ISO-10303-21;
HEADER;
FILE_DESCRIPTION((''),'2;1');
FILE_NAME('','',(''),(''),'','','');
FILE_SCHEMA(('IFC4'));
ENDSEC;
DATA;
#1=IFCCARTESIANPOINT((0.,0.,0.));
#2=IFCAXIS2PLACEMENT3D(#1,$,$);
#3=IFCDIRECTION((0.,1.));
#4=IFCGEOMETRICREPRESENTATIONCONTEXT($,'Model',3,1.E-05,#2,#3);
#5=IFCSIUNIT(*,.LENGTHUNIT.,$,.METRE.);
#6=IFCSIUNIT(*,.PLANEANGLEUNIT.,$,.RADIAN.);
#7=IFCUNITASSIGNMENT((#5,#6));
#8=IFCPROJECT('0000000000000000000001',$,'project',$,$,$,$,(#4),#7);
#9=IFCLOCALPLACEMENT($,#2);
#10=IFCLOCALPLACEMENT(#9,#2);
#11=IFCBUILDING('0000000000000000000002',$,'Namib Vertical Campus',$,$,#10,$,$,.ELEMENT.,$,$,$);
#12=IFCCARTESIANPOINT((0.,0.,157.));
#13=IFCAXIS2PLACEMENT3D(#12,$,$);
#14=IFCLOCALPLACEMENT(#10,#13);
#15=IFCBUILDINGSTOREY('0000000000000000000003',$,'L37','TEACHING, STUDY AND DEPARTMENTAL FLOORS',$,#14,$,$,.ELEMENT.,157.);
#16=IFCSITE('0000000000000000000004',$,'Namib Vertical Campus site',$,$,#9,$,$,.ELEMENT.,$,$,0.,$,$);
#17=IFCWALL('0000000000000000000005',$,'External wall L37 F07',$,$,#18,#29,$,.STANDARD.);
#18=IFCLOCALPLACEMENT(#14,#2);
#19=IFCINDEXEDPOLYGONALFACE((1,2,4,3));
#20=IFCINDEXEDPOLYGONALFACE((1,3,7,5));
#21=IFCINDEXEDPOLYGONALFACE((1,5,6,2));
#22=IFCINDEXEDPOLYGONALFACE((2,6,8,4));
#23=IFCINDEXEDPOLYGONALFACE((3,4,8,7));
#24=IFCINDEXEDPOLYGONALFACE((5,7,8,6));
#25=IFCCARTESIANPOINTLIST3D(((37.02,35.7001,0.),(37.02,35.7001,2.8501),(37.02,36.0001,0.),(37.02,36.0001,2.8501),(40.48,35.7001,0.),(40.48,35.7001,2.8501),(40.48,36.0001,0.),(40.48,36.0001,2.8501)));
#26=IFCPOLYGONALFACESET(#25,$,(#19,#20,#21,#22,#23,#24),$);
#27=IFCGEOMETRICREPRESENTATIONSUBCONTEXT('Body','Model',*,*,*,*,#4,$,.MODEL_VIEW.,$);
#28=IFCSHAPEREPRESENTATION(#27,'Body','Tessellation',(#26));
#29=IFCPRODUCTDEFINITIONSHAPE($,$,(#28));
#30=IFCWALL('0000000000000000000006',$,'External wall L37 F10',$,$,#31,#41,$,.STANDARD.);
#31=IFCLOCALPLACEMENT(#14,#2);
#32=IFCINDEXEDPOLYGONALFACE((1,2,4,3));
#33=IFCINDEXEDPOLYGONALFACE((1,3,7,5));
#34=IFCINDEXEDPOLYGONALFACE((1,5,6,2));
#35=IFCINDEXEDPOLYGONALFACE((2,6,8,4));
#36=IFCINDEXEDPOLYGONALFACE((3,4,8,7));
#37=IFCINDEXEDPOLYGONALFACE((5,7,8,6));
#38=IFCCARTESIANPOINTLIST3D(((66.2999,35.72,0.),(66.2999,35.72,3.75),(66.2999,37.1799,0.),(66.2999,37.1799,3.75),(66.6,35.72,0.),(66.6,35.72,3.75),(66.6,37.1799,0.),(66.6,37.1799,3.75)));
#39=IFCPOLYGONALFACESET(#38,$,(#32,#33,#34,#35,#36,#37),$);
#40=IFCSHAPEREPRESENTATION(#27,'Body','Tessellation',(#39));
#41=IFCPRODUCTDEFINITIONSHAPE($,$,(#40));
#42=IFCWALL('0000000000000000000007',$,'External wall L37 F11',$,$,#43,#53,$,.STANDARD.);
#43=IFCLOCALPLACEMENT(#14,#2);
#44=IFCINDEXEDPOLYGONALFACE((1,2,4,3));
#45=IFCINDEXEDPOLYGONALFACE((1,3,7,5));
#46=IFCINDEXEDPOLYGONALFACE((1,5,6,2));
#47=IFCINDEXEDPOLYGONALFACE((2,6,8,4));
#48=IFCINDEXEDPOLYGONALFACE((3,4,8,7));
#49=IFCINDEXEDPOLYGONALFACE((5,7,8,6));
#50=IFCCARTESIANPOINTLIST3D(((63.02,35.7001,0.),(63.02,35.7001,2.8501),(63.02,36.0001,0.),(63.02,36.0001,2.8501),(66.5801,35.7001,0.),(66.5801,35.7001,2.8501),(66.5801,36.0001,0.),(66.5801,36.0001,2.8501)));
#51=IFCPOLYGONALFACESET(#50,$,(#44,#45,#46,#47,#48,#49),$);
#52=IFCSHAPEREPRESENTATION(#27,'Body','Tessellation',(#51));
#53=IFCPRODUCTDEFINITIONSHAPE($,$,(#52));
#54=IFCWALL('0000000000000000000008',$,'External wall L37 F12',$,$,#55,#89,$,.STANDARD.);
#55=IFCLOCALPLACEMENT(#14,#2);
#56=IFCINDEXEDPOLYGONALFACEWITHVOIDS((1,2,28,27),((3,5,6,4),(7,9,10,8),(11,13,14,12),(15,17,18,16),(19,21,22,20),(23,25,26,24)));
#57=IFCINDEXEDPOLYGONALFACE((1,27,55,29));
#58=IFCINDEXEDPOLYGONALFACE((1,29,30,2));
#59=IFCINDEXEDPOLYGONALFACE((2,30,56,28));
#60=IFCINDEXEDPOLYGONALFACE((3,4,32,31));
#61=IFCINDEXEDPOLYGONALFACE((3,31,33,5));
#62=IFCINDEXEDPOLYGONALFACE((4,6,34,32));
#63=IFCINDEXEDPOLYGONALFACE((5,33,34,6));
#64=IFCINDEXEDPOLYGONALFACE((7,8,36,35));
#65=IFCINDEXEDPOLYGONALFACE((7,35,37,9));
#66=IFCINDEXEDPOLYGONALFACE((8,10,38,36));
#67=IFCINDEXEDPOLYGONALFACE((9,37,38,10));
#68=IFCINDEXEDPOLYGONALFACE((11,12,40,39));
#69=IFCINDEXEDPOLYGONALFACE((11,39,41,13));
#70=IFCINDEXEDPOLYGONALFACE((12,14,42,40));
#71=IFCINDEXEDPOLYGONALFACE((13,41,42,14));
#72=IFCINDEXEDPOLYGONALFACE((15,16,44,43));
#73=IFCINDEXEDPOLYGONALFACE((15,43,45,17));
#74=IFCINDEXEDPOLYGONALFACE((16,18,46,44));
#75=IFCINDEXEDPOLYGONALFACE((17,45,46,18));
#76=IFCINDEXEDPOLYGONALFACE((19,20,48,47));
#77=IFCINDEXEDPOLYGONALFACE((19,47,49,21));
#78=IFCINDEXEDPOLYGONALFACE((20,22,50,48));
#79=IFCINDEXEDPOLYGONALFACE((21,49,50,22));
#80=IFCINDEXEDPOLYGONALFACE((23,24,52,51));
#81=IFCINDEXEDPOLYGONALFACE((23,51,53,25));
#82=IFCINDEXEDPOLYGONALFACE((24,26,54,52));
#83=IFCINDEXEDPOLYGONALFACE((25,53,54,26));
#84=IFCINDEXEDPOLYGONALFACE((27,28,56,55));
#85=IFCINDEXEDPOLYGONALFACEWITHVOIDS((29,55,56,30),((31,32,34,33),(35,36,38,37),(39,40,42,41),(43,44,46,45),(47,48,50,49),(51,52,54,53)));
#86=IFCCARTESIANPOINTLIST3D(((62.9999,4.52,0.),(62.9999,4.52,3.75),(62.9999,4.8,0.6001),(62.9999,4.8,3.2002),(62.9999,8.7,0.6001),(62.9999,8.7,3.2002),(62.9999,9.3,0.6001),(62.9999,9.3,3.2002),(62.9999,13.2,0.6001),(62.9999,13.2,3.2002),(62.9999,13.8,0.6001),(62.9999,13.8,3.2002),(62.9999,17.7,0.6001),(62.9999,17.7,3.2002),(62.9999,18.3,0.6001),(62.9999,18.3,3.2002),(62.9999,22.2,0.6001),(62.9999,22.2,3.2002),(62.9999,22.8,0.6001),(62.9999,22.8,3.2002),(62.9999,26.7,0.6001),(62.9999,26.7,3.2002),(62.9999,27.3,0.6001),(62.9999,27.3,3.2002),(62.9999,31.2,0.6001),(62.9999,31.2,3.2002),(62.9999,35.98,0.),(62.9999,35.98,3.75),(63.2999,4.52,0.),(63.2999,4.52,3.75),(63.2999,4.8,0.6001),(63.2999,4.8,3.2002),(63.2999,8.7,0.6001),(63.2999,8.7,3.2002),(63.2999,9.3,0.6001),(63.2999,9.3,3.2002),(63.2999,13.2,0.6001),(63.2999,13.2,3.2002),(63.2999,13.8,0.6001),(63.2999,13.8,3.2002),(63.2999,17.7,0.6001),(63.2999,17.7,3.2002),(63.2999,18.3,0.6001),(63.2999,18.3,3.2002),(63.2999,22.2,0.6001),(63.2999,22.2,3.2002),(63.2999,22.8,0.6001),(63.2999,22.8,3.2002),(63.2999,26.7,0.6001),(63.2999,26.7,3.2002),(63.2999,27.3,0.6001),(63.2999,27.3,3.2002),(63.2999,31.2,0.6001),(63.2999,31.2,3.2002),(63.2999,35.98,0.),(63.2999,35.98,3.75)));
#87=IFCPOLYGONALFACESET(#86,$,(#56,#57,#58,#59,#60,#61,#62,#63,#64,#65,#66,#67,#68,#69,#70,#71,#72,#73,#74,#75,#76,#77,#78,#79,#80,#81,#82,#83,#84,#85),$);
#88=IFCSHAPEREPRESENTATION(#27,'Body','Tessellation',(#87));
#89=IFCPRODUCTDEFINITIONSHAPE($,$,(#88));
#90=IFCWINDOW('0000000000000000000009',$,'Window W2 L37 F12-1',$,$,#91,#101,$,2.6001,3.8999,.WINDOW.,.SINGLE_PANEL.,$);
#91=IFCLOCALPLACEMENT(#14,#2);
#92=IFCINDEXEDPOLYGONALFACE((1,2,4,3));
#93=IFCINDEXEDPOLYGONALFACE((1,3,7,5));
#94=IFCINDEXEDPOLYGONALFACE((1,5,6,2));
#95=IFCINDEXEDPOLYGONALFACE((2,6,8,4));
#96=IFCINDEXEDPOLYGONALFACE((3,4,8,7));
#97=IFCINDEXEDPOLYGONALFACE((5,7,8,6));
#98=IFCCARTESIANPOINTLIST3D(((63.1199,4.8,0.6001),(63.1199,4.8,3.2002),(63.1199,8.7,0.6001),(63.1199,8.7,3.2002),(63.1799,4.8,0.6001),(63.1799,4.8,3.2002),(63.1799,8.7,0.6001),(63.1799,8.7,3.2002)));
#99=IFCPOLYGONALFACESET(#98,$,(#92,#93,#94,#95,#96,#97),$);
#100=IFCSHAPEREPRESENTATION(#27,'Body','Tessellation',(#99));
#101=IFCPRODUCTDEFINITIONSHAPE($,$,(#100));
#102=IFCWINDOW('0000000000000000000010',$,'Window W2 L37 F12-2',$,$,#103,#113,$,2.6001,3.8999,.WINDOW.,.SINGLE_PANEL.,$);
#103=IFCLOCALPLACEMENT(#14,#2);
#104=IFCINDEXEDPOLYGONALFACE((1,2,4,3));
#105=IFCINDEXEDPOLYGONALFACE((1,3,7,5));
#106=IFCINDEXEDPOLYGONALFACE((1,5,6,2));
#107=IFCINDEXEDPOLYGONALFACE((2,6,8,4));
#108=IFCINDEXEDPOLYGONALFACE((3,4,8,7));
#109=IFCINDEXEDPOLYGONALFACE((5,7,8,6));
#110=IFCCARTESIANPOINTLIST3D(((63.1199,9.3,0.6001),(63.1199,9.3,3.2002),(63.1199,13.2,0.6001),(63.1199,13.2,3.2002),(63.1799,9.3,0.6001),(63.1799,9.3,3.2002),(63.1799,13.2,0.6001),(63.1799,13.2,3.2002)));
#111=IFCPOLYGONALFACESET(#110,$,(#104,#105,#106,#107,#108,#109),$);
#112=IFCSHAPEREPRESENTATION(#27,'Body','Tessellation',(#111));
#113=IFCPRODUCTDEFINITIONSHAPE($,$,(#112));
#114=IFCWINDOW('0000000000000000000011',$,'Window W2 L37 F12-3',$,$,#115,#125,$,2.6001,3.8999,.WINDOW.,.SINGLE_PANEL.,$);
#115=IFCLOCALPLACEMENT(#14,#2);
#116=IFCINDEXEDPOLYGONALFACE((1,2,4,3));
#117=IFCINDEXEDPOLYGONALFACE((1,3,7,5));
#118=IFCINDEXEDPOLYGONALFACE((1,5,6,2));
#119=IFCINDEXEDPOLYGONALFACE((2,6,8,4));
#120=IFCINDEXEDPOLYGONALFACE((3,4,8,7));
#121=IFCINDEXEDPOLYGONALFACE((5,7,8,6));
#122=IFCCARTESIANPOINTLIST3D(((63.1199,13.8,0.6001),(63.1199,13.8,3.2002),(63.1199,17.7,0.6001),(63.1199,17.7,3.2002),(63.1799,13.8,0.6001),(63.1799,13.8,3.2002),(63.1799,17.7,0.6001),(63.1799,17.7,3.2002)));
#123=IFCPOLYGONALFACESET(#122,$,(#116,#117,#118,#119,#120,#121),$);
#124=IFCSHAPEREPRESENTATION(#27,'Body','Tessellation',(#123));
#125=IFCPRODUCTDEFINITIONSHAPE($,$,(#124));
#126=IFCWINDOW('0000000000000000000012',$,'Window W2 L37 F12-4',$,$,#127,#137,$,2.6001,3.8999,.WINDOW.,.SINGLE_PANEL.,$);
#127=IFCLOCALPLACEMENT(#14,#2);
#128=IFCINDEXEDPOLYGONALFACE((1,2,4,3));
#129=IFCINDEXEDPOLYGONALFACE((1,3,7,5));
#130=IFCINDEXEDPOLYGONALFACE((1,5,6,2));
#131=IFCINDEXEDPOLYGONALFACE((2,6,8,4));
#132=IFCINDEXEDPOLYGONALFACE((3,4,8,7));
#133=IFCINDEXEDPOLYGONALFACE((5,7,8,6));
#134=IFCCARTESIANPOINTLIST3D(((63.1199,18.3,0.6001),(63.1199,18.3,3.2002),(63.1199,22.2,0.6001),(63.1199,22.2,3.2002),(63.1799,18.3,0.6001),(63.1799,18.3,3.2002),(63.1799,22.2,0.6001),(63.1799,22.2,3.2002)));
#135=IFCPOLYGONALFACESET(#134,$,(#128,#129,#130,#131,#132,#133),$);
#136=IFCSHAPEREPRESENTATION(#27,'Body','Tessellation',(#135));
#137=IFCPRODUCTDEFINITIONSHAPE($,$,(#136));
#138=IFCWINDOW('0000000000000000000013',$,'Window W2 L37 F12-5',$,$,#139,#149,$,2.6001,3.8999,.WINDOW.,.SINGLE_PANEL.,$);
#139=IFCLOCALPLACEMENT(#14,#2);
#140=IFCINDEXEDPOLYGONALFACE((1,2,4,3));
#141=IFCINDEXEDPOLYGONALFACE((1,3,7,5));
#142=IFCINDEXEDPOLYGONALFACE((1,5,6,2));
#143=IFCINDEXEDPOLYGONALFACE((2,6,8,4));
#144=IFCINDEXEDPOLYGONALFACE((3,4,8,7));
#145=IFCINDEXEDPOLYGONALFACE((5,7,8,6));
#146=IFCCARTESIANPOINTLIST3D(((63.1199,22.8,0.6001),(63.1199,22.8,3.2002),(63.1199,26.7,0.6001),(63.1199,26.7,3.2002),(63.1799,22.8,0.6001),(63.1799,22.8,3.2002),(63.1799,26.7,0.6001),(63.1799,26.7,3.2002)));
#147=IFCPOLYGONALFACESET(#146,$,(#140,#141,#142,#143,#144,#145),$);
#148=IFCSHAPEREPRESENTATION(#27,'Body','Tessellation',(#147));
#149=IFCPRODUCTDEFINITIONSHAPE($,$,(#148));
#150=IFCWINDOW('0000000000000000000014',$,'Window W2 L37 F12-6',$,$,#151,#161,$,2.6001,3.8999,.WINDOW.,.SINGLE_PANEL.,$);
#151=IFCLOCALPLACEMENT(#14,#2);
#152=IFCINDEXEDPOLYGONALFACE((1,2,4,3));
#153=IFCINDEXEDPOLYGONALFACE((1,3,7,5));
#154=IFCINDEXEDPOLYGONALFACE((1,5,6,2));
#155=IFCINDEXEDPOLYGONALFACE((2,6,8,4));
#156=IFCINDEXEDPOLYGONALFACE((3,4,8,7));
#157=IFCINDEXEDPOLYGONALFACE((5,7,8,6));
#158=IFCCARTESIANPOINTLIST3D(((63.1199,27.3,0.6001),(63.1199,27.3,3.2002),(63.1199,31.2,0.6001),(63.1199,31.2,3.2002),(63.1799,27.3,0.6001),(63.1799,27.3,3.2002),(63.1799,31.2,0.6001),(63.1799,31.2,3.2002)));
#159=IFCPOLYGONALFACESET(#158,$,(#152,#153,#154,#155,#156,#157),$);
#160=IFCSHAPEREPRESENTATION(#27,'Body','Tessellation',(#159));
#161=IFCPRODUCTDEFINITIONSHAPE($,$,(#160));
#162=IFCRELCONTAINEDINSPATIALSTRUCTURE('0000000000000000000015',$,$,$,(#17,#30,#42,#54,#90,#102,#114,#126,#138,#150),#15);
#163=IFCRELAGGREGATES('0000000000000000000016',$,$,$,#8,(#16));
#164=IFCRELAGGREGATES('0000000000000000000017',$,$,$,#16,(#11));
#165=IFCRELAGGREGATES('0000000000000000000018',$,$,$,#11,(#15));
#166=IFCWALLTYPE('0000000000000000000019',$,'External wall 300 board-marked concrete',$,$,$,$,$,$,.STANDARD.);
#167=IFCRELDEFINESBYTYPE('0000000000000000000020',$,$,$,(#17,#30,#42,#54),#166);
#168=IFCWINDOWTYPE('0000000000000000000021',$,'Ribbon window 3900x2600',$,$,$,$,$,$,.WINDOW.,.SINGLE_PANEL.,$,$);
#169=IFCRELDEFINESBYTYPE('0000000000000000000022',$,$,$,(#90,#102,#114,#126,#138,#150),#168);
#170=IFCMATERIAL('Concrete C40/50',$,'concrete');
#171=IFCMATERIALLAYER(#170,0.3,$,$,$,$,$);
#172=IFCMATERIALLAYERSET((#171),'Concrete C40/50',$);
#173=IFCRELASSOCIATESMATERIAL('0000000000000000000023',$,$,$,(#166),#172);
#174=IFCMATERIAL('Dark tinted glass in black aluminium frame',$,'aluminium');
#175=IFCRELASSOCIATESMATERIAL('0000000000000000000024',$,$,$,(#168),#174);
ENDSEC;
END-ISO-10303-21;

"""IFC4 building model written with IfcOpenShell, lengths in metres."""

from ifc_helpers import new_model, si_unit, direction, frame, frame_2d, origin, place, context, subcontext, project, spatial, rectangle, extrude, material, layer, layer_set, type_object, element, fill, save


model = new_model("IFC4")

# Units and contexts
model_context = context("Model", 3, precision=1e-05, world=origin(), true_north=direction((0.0, 1.0)))
body_context = subcontext(model_context, "Body", "Model", "MODEL_VIEW")
ifc_project = project(units=[si_unit("LENGTHUNIT", "METRE"), si_unit("PLANEANGLEUNIT", "RADIAN")], contexts=[model_context])

# Site, building, storey
site_placement = place(None, origin())
site = spatial("IfcSite", under=ifc_project, at=site_placement, Name="Namib Vertical Campus site", CompositionType="ELEMENT", RefElevation=0.0)
building_placement = place(site_placement, origin())
building = spatial("IfcBuilding", under=site, at=building_placement, Name="Namib Vertical Campus", CompositionType="ELEMENT")
storey_placement = place(building_placement, frame((0.0, 0.0, 157.0)))
storey = spatial("IfcBuildingStorey", under=building, at=storey_placement, Name="L37", Description="TEACHING, STUDY AND DEPARTMENTAL FLOORS", CompositionType="ELEMENT", Elevation=157.0)

# Walls
ifc_material_1 = material(Name="Concrete C40/50", Category="concrete")
ifc_layer_1 = layer(ifc_material_1, 0.3)
ifc_layer_set_1 = layer_set([ifc_layer_1], Name="Concrete C40/50")
wall_type_1 = type_object("IfcWallType", Name="External wall 300 board-marked concrete", PredefinedType="STANDARD", material=ifc_layer_set_1)
wall_1_placement = place(storey_placement, frame((40.48, 35.8501, 0.0), z_axis=(0.0, 0.0, 1.0), x_axis=(-1.0, 0.0, 0.0)))
element("IfcWall", 1, at=wall_1_placement, inside=storey, type_object=wall_type_1, Name="External wall L37 F07", PredefinedType="STANDARD", context=body_context, shape_type="SweptSolid", body=[
    extrude(rectangle(XDim=3.46, YDim=0.3, at=frame_2d((1.73, 0.0))), origin(), (0.0, 0.0, 1.0), 2.8501),
])
wall_2_placement = place(storey_placement, frame((66.45, 37.1799, 0.0), z_axis=(0.0, 0.0, 1.0), x_axis=(0.0, -1.0, 0.0)))
element("IfcWall", 2, at=wall_2_placement, inside=storey, type_object=wall_type_1, Name="External wall L37 F10", PredefinedType="STANDARD", context=body_context, shape_type="SweptSolid", body=[
    extrude(rectangle(XDim=1.46, YDim=0.3, at=frame_2d((0.73, 0.0))), origin(), (0.0, 0.0, 1.0), 3.75),
])
wall_3_placement = place(storey_placement, frame((66.5801, 35.8501, 0.0), z_axis=(0.0, 0.0, 1.0), x_axis=(-1.0, 0.0, 0.0)))
element("IfcWall", 3, at=wall_3_placement, inside=storey, type_object=wall_type_1, Name="External wall L37 F11", PredefinedType="STANDARD", context=body_context, shape_type="SweptSolid", body=[
    extrude(rectangle(XDim=3.5601, YDim=0.3, at=frame_2d((1.78, 0.0))), origin(), (0.0, 0.0, 1.0), 2.8501),
])

# Wall, openings, windows
wall_4_placement = place(storey_placement, frame((63.1499, 35.98, 0.0), z_axis=(0.0, 0.0, 1.0), x_axis=(0.0, -1.0, 0.0)))
wall_4 = element("IfcWall", 4, at=wall_4_placement, inside=storey, type_object=wall_type_1, Name="External wall L37 F12", PredefinedType="STANDARD", context=body_context, shape_type="SweptSolid", body=[
    extrude(rectangle(XDim=31.46, YDim=0.3, at=frame_2d((15.73, 0.0))), origin(), (0.0, 0.0, 1.0), 3.75),
])
opening_1_placement = place(wall_4_placement, frame((27.28, 0.0, 0.6001)))
opening_1 = element("IfcOpeningElement", 5, at=opening_1_placement, cuts=wall_4, PredefinedType="OPENING", context=body_context, shape_type="SweptSolid", body=[
    extrude(rectangle(XDim=3.8999, YDim=2.6001, at=frame_2d((1.95, 1.3))), frame((0.0, 0.1599, 0.0), z_axis=(0.0, -1.0, 0.0), x_axis=(1.0, 0.0, 0.0)), (0.0, 0.0, 1.0), 0.3201),
])
opening_2_placement = place(wall_4_placement, frame((22.78, 0.0, 0.6001)))
opening_2 = element("IfcOpeningElement", 6, at=opening_2_placement, cuts=wall_4, PredefinedType="OPENING", context=body_context, shape_type="SweptSolid", body=[
    extrude(rectangle(XDim=3.8999, YDim=2.6001, at=frame_2d((1.95, 1.3))), frame((0.0, 0.1599, 0.0), z_axis=(0.0, -1.0, 0.0), x_axis=(1.0, 0.0, 0.0)), (0.0, 0.0, 1.0), 0.3201),
])
opening_3_placement = place(wall_4_placement, frame((18.28, 0.0, 0.6001)))
opening_3 = element("IfcOpeningElement", 7, at=opening_3_placement, cuts=wall_4, PredefinedType="OPENING", context=body_context, shape_type="SweptSolid", body=[
    extrude(rectangle(XDim=3.8999, YDim=2.6001, at=frame_2d((1.95, 1.3))), frame((0.0, 0.1599, 0.0), z_axis=(0.0, -1.0, 0.0), x_axis=(1.0, 0.0, 0.0)), (0.0, 0.0, 1.0), 0.3201),
])
opening_4_placement = place(wall_4_placement, frame((13.78, 0.0, 0.6001)))
opening_4 = element("IfcOpeningElement", 8, at=opening_4_placement, cuts=wall_4, PredefinedType="OPENING", context=body_context, shape_type="SweptSolid", body=[
    extrude(rectangle(XDim=3.8999, YDim=2.6001, at=frame_2d((1.95, 1.3))), frame((0.0, 0.1599, 0.0), z_axis=(0.0, -1.0, 0.0), x_axis=(1.0, 0.0, 0.0)), (0.0, 0.0, 1.0), 0.3201),
])
opening_5_placement = place(wall_4_placement, frame((9.28, 0.0, 0.6001)))
opening_5 = element("IfcOpeningElement", 9, at=opening_5_placement, cuts=wall_4, PredefinedType="OPENING", context=body_context, shape_type="SweptSolid", body=[
    extrude(rectangle(XDim=3.8999, YDim=2.6001, at=frame_2d((1.95, 1.3))), frame((0.0, 0.1599, 0.0), z_axis=(0.0, -1.0, 0.0), x_axis=(1.0, 0.0, 0.0)), (0.0, 0.0, 1.0), 0.3201),
])
opening_6_placement = place(wall_4_placement, frame((4.78, 0.0, 0.6001)))
opening_6 = element("IfcOpeningElement", 10, at=opening_6_placement, cuts=wall_4, PredefinedType="OPENING", context=body_context, shape_type="SweptSolid", body=[
    extrude(rectangle(XDim=3.8999, YDim=2.6001, at=frame_2d((1.95, 1.3))), frame((0.0, 0.1599, 0.0), z_axis=(0.0, -1.0, 0.0), x_axis=(1.0, 0.0, 0.0)), (0.0, 0.0, 1.0), 0.3201),
])
ifc_material_2 = material(Name="Dark tinted glass in black aluminium frame", Category="aluminium")
window_type = type_object("IfcWindowType", Name="Ribbon window 3900x2600", PartitioningType="SINGLE_PANEL", PredefinedType="WINDOW", material=ifc_material_2)
window_1_placement = place(opening_1_placement, origin())
window_1 = element("IfcWindow", 11, at=window_1_placement, inside=storey, type_object=window_type, Name="Window W2 L37 F12-1", OverallHeight=2.6001, OverallWidth=3.8999, PartitioningType="SINGLE_PANEL", PredefinedType="WINDOW", context=body_context, shape_type="SweptSolid", body=[
    extrude(rectangle(XDim=3.8999, YDim=2.6001, at=frame_2d((1.95, 1.3))), frame((0.0, 0.03, 0.0), z_axis=(0.0, -1.0, 0.0), x_axis=(1.0, 0.0, 0.0)), (0.0, 0.0, 1.0), 0.0601),
])
fill(opening_1, window_1)
window_2_placement = place(opening_2_placement, origin())
window_2 = element("IfcWindow", 12, at=window_2_placement, inside=storey, type_object=window_type, Name="Window W2 L37 F12-2", OverallHeight=2.6001, OverallWidth=3.8999, PartitioningType="SINGLE_PANEL", PredefinedType="WINDOW", context=body_context, shape_type="SweptSolid", body=[
    extrude(rectangle(XDim=3.8999, YDim=2.6001, at=frame_2d((1.95, 1.3))), frame((0.0, 0.03, 0.0), z_axis=(0.0, -1.0, 0.0), x_axis=(1.0, 0.0, 0.0)), (0.0, 0.0, 1.0), 0.0601),
])
fill(opening_2, window_2)
window_3_placement = place(opening_3_placement, origin())
window_3 = element("IfcWindow", 13, at=window_3_placement, inside=storey, type_object=window_type, Name="Window W2 L37 F12-3", OverallHeight=2.6001, OverallWidth=3.8999, PartitioningType="SINGLE_PANEL", PredefinedType="WINDOW", context=body_context, shape_type="SweptSolid", body=[
    extrude(rectangle(XDim=3.8999, YDim=2.6001, at=frame_2d((1.95, 1.3))), frame((0.0, 0.03, 0.0), z_axis=(0.0, -1.0, 0.0), x_axis=(1.0, 0.0, 0.0)), (0.0, 0.0, 1.0), 0.0601),
])
fill(opening_3, window_3)
window_4_placement = place(opening_4_placement, origin())
window_4 = element("IfcWindow", 14, at=window_4_placement, inside=storey, type_object=window_type, Name="Window W2 L37 F12-4", OverallHeight=2.6001, OverallWidth=3.8999, PartitioningType="SINGLE_PANEL", PredefinedType="WINDOW", context=body_context, shape_type="SweptSolid", body=[
    extrude(rectangle(XDim=3.8999, YDim=2.6001, at=frame_2d((1.95, 1.3))), frame((0.0, 0.03, 0.0), z_axis=(0.0, -1.0, 0.0), x_axis=(1.0, 0.0, 0.0)), (0.0, 0.0, 1.0), 0.0601),
])
fill(opening_4, window_4)
window_5_placement = place(opening_5_placement, origin())
window_5 = element("IfcWindow", 15, at=window_5_placement, inside=storey, type_object=window_type, Name="Window W2 L37 F12-5", OverallHeight=2.6001, OverallWidth=3.8999, PartitioningType="SINGLE_PANEL", PredefinedType="WINDOW", context=body_context, shape_type="SweptSolid", body=[
    extrude(rectangle(XDim=3.8999, YDim=2.6001, at=frame_2d((1.95, 1.3))), frame((0.0, 0.03, 0.0), z_axis=(0.0, -1.0, 0.0), x_axis=(1.0, 0.0, 0.0)), (0.0, 0.0, 1.0), 0.0601),
])
fill(opening_5, window_5)
window_6_placement = place(opening_6_placement, origin())
window_6 = element("IfcWindow", 16, at=window_6_placement, inside=storey, type_object=window_type, Name="Window W2 L37 F12-6", OverallHeight=2.6001, OverallWidth=3.8999, PartitioningType="SINGLE_PANEL", PredefinedType="WINDOW", context=body_context, shape_type="SweptSolid", body=[
    extrude(rectangle(XDim=3.8999, YDim=2.6001, at=frame_2d((1.95, 1.3))), frame((0.0, 0.03, 0.0), z_axis=(0.0, -1.0, 0.0), x_axis=(1.0, 0.0, 0.0)), (0.0, 0.0, 1.0), 0.0601),
])
fill(opening_6, window_6)

save(model, "model.ifc")
